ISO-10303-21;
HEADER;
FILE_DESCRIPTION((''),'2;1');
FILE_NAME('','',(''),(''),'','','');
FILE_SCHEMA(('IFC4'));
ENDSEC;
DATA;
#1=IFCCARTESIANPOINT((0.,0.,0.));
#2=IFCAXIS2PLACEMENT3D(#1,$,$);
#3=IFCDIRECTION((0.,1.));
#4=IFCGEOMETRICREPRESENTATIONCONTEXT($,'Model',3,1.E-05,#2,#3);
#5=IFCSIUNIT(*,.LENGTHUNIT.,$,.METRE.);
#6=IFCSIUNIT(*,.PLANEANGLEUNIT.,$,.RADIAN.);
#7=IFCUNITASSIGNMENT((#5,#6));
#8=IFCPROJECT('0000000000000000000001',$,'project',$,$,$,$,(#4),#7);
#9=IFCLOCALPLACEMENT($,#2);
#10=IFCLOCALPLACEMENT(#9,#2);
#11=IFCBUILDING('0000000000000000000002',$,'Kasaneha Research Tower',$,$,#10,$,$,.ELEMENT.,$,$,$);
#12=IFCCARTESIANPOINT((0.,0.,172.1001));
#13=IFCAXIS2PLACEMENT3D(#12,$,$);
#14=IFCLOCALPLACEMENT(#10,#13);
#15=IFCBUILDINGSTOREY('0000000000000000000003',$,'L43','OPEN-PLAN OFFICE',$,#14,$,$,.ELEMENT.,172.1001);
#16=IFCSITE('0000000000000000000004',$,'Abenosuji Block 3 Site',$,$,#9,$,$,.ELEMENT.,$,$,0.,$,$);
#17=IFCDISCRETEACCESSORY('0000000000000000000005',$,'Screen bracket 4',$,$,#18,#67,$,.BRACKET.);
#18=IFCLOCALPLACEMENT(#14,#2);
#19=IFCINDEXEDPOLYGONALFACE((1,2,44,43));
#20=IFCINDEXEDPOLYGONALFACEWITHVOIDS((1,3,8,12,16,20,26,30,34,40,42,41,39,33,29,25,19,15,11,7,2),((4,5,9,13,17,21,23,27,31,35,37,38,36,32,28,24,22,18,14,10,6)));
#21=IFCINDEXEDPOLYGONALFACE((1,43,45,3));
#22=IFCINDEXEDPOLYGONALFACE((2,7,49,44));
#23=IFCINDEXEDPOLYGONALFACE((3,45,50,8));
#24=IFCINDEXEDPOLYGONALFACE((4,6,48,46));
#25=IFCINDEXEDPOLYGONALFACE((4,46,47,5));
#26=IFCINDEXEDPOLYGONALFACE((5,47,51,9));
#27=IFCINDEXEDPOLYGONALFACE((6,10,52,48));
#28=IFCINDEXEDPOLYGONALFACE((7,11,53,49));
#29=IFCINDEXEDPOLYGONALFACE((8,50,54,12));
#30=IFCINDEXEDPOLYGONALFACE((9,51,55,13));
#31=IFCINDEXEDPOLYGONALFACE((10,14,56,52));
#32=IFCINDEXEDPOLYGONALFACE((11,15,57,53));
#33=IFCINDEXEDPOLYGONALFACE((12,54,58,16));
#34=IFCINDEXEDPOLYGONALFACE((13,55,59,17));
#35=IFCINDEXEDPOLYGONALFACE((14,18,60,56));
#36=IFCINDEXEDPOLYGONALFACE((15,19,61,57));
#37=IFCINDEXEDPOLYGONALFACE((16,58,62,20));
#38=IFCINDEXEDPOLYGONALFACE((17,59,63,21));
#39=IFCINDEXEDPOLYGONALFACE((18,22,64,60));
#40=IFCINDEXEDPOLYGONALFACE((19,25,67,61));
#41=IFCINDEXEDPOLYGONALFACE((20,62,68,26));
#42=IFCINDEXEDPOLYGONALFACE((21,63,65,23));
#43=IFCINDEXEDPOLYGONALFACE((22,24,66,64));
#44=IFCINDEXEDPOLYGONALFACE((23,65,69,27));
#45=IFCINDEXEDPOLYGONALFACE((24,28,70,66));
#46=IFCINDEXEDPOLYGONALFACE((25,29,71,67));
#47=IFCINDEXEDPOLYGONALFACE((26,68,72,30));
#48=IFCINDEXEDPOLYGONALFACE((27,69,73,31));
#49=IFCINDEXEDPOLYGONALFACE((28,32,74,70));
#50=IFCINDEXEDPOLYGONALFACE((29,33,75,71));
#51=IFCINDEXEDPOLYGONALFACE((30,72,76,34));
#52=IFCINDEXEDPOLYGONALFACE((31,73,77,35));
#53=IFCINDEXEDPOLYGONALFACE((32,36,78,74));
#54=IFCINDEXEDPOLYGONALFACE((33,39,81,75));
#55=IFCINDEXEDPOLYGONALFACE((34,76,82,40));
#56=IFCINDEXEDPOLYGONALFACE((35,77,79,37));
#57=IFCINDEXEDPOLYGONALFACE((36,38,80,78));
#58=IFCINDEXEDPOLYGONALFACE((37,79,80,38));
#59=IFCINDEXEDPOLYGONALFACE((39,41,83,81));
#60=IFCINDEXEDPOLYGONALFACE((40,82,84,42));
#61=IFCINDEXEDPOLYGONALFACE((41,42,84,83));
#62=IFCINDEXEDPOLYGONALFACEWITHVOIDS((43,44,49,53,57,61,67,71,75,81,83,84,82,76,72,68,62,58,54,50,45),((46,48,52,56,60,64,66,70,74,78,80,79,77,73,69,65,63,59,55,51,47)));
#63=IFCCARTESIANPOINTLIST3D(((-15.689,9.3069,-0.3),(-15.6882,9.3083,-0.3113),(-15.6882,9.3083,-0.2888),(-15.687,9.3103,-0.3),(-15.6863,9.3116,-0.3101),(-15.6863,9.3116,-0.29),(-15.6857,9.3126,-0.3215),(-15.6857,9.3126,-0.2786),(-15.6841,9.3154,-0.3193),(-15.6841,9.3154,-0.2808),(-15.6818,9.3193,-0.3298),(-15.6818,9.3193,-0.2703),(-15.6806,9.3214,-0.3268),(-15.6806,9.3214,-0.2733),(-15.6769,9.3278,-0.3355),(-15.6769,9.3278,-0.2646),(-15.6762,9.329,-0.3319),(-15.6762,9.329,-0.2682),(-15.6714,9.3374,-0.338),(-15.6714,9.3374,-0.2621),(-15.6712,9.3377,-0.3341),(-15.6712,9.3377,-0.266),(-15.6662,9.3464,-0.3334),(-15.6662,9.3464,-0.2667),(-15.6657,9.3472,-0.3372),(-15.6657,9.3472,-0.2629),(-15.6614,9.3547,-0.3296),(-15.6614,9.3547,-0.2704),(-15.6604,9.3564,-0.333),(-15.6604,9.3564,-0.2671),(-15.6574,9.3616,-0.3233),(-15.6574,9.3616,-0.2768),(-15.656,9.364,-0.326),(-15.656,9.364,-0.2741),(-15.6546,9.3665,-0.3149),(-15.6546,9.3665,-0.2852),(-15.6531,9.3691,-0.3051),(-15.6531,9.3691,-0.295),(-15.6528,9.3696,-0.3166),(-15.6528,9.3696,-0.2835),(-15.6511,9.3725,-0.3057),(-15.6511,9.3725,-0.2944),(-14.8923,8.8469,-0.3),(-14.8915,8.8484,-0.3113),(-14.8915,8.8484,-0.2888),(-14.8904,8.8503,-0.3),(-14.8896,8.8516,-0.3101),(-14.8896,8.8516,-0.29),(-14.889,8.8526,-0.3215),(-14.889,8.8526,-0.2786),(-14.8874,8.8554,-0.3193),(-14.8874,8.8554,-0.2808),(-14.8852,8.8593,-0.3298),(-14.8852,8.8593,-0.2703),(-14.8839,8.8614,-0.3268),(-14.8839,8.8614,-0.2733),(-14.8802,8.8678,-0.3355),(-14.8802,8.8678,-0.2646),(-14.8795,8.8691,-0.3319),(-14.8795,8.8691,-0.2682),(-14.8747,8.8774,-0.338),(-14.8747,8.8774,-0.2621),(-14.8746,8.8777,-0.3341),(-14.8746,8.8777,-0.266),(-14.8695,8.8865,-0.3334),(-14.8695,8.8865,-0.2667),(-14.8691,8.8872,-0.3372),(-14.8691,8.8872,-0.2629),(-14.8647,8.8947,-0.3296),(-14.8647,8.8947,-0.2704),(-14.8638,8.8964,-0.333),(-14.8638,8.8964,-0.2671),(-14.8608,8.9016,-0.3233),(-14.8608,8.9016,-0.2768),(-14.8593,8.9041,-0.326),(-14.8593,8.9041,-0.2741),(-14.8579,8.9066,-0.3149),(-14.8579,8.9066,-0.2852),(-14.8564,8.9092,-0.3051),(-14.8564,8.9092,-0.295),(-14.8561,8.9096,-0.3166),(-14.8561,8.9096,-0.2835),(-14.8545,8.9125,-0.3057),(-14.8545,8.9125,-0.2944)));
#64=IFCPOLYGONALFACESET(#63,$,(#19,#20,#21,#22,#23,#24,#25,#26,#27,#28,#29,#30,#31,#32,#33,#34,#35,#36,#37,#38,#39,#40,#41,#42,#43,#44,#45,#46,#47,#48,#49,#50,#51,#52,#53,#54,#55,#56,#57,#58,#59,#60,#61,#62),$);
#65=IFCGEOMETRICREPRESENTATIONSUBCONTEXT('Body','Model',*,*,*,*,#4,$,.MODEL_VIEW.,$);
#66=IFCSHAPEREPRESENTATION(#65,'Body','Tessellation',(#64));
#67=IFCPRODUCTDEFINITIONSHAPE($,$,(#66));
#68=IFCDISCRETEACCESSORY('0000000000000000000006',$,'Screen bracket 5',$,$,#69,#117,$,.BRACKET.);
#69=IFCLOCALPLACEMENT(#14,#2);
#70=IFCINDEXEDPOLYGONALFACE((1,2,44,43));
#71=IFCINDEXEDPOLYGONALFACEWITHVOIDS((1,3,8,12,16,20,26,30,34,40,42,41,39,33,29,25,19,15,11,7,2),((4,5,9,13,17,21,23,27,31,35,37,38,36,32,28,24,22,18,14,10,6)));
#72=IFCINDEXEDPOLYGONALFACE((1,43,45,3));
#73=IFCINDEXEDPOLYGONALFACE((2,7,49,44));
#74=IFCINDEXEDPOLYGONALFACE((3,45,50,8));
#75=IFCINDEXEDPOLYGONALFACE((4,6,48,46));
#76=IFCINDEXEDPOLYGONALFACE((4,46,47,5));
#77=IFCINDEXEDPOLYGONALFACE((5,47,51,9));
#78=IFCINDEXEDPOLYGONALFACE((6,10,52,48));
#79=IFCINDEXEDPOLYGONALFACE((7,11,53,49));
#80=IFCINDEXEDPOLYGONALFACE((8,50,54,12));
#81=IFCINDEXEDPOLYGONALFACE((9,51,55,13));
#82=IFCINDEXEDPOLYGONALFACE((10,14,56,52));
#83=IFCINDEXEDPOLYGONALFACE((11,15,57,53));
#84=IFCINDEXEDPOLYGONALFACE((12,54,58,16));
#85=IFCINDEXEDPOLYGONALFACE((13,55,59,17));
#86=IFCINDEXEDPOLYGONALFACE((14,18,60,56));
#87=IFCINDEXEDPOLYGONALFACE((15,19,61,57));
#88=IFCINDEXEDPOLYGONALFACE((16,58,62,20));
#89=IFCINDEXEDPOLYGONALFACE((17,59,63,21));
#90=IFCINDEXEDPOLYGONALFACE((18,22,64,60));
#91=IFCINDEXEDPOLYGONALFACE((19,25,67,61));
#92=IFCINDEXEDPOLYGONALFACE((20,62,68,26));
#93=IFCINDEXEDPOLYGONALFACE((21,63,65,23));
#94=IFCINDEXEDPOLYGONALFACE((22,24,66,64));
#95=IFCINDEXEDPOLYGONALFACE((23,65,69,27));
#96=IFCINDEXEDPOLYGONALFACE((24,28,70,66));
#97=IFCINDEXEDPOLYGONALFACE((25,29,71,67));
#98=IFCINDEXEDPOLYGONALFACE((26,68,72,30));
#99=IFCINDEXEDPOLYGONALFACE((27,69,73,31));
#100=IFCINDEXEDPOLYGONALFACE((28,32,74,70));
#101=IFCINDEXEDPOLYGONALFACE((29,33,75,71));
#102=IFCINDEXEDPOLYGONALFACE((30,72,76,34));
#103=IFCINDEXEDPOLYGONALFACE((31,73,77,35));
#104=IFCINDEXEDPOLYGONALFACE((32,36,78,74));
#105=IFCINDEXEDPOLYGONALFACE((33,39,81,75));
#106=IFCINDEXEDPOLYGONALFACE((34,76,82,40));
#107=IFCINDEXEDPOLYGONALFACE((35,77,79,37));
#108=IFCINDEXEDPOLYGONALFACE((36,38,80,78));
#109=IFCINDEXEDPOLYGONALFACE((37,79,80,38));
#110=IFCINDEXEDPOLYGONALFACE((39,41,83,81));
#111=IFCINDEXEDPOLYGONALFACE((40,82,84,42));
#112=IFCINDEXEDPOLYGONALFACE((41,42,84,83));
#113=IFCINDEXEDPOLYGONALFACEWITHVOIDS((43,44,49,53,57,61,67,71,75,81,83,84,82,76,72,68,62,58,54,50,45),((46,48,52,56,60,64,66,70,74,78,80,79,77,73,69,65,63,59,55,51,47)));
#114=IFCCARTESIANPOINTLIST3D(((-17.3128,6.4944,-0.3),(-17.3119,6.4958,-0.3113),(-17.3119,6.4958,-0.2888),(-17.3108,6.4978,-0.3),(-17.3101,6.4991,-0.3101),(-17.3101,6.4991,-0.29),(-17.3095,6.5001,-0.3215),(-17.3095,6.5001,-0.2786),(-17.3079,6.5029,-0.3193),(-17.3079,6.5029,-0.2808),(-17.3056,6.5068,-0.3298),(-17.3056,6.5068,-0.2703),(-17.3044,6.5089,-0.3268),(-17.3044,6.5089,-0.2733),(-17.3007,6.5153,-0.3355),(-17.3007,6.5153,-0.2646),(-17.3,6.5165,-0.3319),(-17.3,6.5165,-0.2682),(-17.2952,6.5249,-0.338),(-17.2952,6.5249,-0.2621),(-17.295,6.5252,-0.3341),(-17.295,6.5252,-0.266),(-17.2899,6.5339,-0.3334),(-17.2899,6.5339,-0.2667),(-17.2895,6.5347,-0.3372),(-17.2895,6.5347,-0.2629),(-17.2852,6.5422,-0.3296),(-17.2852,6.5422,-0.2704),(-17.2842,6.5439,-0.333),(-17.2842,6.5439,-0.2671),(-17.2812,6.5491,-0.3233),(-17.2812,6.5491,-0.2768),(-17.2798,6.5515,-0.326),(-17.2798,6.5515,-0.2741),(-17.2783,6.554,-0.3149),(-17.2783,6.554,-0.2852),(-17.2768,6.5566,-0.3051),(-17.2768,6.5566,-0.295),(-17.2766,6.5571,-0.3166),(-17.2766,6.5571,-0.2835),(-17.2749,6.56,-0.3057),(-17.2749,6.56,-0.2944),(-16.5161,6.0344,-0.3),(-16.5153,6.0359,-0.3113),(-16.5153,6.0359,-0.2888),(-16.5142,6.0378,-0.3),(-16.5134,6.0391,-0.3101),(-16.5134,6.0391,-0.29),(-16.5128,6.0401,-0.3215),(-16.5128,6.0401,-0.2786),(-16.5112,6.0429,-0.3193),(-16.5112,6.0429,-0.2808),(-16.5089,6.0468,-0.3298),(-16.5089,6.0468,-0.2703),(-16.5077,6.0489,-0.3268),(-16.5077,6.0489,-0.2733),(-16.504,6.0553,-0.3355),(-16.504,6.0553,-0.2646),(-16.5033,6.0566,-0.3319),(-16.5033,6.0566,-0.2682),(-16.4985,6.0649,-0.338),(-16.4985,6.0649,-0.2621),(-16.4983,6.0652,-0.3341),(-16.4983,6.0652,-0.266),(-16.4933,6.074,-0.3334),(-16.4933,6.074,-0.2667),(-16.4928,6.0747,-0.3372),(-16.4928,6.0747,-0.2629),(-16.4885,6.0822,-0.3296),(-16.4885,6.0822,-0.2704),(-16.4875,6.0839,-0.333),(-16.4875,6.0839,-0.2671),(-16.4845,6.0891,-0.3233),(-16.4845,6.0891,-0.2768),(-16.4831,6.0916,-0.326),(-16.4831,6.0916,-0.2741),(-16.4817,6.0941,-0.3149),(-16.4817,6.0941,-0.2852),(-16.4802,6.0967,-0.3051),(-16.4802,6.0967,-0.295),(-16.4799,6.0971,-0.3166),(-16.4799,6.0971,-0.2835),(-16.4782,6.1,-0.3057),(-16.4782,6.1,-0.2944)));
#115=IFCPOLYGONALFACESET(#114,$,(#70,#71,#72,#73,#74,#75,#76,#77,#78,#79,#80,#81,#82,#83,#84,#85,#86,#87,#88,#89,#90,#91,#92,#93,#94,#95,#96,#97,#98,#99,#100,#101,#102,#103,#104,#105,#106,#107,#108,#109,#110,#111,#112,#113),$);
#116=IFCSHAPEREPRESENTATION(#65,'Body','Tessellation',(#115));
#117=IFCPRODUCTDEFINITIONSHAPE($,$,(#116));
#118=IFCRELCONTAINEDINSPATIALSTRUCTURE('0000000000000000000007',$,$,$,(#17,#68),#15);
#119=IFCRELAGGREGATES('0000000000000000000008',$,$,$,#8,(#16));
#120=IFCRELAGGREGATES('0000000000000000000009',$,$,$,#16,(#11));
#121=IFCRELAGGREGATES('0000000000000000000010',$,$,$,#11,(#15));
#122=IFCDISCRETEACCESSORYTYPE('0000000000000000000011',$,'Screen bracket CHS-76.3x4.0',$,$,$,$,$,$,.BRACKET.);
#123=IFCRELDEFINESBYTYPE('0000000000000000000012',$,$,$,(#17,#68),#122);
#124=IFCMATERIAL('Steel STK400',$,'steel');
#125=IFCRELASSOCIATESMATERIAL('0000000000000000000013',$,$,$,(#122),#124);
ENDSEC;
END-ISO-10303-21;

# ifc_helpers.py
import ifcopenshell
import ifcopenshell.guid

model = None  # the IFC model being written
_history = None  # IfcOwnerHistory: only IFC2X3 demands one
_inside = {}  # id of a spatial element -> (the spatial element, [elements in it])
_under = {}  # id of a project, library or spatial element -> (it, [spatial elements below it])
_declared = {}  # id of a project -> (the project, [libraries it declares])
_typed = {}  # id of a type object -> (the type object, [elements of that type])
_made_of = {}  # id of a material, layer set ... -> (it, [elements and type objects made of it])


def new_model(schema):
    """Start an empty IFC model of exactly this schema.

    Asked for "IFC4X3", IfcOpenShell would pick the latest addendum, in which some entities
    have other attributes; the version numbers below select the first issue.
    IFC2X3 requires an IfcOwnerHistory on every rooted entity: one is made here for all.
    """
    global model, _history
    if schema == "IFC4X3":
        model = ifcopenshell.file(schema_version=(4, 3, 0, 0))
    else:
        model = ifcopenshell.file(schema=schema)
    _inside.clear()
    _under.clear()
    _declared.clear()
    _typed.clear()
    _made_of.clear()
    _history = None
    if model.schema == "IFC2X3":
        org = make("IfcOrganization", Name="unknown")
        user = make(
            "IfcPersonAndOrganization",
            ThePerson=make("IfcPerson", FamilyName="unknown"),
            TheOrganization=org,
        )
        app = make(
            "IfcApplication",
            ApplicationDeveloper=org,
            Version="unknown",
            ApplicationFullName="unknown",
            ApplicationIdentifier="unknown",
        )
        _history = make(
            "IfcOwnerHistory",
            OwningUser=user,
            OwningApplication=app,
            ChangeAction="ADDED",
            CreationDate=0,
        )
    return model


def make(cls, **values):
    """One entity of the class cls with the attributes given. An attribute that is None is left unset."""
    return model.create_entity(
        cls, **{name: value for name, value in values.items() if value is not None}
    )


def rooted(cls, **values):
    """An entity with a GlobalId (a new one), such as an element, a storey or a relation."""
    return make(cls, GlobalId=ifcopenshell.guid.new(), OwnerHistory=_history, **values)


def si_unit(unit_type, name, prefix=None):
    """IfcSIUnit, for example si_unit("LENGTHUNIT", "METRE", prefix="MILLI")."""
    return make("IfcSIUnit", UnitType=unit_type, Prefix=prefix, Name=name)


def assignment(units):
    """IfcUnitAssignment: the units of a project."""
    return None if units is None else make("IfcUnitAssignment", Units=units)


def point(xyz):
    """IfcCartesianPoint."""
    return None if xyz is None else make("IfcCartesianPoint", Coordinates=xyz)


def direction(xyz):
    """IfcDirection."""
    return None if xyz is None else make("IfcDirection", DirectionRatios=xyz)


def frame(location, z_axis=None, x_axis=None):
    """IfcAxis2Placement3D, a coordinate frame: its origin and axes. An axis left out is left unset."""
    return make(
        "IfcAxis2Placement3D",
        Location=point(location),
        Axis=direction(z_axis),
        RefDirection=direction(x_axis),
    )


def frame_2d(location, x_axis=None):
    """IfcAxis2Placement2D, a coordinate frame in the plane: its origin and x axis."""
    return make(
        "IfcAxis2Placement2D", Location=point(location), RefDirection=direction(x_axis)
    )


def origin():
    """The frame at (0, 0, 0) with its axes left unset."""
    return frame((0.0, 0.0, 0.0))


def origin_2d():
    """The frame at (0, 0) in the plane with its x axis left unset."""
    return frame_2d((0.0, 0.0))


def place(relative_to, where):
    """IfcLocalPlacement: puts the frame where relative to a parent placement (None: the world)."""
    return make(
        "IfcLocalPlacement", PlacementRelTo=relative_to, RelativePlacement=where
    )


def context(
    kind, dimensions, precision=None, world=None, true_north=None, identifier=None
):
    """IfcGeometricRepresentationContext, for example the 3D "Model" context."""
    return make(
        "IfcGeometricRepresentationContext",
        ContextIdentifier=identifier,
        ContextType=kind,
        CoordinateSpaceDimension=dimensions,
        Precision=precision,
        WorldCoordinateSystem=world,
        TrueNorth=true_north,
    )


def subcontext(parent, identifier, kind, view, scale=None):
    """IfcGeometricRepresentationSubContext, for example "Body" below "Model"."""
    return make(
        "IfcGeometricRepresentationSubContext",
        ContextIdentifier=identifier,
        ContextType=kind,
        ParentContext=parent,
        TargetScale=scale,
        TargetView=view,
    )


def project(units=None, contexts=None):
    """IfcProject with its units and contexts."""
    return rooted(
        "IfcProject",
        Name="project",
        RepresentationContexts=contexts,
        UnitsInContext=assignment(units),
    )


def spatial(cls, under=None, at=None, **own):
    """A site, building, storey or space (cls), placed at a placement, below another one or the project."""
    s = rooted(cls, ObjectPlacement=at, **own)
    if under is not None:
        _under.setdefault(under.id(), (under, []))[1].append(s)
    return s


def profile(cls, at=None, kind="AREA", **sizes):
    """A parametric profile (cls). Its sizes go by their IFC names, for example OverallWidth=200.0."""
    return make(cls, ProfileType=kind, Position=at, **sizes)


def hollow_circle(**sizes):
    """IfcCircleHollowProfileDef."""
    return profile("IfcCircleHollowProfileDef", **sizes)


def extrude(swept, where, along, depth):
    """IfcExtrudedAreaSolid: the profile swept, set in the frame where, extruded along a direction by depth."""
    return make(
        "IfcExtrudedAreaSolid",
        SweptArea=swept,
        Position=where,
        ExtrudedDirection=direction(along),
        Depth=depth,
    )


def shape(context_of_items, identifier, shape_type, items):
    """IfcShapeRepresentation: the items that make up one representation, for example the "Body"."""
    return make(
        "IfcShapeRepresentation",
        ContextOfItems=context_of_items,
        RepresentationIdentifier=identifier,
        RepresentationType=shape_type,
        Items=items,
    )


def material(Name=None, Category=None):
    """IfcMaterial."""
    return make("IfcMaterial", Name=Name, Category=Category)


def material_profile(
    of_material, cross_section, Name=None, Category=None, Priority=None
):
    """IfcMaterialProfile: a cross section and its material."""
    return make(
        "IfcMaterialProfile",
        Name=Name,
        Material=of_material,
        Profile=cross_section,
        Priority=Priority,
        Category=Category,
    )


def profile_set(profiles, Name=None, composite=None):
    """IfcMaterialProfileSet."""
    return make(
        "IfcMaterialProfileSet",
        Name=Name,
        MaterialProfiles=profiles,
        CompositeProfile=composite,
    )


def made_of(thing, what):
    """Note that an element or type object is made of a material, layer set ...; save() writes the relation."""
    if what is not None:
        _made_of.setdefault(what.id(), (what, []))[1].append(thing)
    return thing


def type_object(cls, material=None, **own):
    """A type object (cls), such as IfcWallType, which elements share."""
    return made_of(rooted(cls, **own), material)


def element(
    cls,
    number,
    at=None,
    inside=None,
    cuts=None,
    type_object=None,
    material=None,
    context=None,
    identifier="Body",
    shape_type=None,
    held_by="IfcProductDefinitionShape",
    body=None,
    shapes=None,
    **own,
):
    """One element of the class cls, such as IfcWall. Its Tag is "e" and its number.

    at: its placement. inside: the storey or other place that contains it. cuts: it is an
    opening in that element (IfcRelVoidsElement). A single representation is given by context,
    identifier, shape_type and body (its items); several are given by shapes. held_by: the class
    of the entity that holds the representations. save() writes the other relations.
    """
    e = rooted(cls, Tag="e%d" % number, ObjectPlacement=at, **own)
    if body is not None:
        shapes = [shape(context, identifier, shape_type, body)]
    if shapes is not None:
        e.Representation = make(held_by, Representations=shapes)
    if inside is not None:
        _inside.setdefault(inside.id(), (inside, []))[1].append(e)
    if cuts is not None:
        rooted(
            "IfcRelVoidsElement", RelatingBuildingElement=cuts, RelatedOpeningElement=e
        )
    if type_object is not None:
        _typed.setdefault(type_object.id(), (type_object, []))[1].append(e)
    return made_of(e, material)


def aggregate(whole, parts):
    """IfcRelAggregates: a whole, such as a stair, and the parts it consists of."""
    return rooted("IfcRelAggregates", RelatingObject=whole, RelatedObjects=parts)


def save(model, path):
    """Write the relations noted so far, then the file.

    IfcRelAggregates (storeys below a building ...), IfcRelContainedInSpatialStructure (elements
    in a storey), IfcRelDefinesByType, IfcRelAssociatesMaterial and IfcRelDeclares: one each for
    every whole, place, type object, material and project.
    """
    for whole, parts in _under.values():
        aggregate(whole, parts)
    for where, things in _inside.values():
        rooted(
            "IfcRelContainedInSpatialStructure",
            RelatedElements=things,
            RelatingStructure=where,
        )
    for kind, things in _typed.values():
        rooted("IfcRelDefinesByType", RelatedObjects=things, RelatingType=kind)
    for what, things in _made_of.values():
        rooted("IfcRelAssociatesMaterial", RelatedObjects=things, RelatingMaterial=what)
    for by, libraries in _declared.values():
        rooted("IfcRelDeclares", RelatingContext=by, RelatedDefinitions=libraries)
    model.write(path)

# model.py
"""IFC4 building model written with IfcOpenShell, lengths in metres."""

from ifc_helpers import new_model, si_unit, direction, frame, origin, origin_2d, place, context, subcontext, project, spatial, hollow_circle, extrude, material, material_profile, profile_set, type_object, element, save


model = new_model("IFC4")

# Units and contexts
model_context = context("Model", 3, precision=1e-05, world=origin(), true_north=direction((0.0, 1.0)))
body_context = subcontext(model_context, "Body", "Model", "MODEL_VIEW")
ifc_project = project(units=[si_unit("LENGTHUNIT", "METRE"), si_unit("PLANEANGLEUNIT", "RADIAN")], contexts=[model_context])

# Site, building, storey
site_placement = place(None, origin())
site = spatial("IfcSite", under=ifc_project, at=site_placement, Name="Abenosuji Block 3 Site", CompositionType="ELEMENT", RefElevation=0.0)
building_placement = place(site_placement, origin())
building = spatial("IfcBuilding", under=site, at=building_placement, Name="Kasaneha Research Tower", CompositionType="ELEMENT")
storey_placement = place(building_placement, frame((0.0, 0.0, 172.1001)))
storey = spatial("IfcBuildingStorey", under=building, at=storey_placement, Name="L43", Description="OPEN-PLAN OFFICE", CompositionType="ELEMENT", Elevation=172.1001)

# Discrete accessories
ifc_material_1 = material(Name="Steel STK400", Category="steel")
ifc_material_profile_1 = material_profile(ifc_material_1, hollow_circle(Radius=0.0381, WallThickness=0.0039, at=origin_2d()), Name="CHS-76.3x4.0")
ifc_profile_set_1 = profile_set([ifc_material_profile_1], Name="Steel STK400")
discrete_accessory_type = type_object("IfcDiscreteAccessoryType", Name="Screen bracket CHS-76.3x4.0", PredefinedType="BRACKET", material=ifc_profile_set_1)
for number, where, z_axis, x_axis, name in (
    (1, (-14.8733, 8.8799, -0.3), (-0.866013, 0.500021, 0.0), (-0.500021, -0.866013, 0.0), "Screen bracket 4"),
    (2, (-16.4971, 6.0674, -0.3), (-0.866013, 0.500021, 0.0), (-0.500021, -0.866013, 0.0), "Screen bracket 5"),
):
    element("IfcDiscreteAccessory", number, at=place(storey_placement, frame(where, z_axis=z_axis, x_axis=x_axis)), inside=storey, type_object=discrete_accessory_type, Name=name, PredefinedType="BRACKET", context=body_context, shape_type="SweptSolid", body=[
        extrude(hollow_circle(Radius=0.0381, WallThickness=0.0039, at=origin_2d()), origin(), (0.0, 0.0, 1.0), 0.9199),
    ])

save(model, "model.ifc")
